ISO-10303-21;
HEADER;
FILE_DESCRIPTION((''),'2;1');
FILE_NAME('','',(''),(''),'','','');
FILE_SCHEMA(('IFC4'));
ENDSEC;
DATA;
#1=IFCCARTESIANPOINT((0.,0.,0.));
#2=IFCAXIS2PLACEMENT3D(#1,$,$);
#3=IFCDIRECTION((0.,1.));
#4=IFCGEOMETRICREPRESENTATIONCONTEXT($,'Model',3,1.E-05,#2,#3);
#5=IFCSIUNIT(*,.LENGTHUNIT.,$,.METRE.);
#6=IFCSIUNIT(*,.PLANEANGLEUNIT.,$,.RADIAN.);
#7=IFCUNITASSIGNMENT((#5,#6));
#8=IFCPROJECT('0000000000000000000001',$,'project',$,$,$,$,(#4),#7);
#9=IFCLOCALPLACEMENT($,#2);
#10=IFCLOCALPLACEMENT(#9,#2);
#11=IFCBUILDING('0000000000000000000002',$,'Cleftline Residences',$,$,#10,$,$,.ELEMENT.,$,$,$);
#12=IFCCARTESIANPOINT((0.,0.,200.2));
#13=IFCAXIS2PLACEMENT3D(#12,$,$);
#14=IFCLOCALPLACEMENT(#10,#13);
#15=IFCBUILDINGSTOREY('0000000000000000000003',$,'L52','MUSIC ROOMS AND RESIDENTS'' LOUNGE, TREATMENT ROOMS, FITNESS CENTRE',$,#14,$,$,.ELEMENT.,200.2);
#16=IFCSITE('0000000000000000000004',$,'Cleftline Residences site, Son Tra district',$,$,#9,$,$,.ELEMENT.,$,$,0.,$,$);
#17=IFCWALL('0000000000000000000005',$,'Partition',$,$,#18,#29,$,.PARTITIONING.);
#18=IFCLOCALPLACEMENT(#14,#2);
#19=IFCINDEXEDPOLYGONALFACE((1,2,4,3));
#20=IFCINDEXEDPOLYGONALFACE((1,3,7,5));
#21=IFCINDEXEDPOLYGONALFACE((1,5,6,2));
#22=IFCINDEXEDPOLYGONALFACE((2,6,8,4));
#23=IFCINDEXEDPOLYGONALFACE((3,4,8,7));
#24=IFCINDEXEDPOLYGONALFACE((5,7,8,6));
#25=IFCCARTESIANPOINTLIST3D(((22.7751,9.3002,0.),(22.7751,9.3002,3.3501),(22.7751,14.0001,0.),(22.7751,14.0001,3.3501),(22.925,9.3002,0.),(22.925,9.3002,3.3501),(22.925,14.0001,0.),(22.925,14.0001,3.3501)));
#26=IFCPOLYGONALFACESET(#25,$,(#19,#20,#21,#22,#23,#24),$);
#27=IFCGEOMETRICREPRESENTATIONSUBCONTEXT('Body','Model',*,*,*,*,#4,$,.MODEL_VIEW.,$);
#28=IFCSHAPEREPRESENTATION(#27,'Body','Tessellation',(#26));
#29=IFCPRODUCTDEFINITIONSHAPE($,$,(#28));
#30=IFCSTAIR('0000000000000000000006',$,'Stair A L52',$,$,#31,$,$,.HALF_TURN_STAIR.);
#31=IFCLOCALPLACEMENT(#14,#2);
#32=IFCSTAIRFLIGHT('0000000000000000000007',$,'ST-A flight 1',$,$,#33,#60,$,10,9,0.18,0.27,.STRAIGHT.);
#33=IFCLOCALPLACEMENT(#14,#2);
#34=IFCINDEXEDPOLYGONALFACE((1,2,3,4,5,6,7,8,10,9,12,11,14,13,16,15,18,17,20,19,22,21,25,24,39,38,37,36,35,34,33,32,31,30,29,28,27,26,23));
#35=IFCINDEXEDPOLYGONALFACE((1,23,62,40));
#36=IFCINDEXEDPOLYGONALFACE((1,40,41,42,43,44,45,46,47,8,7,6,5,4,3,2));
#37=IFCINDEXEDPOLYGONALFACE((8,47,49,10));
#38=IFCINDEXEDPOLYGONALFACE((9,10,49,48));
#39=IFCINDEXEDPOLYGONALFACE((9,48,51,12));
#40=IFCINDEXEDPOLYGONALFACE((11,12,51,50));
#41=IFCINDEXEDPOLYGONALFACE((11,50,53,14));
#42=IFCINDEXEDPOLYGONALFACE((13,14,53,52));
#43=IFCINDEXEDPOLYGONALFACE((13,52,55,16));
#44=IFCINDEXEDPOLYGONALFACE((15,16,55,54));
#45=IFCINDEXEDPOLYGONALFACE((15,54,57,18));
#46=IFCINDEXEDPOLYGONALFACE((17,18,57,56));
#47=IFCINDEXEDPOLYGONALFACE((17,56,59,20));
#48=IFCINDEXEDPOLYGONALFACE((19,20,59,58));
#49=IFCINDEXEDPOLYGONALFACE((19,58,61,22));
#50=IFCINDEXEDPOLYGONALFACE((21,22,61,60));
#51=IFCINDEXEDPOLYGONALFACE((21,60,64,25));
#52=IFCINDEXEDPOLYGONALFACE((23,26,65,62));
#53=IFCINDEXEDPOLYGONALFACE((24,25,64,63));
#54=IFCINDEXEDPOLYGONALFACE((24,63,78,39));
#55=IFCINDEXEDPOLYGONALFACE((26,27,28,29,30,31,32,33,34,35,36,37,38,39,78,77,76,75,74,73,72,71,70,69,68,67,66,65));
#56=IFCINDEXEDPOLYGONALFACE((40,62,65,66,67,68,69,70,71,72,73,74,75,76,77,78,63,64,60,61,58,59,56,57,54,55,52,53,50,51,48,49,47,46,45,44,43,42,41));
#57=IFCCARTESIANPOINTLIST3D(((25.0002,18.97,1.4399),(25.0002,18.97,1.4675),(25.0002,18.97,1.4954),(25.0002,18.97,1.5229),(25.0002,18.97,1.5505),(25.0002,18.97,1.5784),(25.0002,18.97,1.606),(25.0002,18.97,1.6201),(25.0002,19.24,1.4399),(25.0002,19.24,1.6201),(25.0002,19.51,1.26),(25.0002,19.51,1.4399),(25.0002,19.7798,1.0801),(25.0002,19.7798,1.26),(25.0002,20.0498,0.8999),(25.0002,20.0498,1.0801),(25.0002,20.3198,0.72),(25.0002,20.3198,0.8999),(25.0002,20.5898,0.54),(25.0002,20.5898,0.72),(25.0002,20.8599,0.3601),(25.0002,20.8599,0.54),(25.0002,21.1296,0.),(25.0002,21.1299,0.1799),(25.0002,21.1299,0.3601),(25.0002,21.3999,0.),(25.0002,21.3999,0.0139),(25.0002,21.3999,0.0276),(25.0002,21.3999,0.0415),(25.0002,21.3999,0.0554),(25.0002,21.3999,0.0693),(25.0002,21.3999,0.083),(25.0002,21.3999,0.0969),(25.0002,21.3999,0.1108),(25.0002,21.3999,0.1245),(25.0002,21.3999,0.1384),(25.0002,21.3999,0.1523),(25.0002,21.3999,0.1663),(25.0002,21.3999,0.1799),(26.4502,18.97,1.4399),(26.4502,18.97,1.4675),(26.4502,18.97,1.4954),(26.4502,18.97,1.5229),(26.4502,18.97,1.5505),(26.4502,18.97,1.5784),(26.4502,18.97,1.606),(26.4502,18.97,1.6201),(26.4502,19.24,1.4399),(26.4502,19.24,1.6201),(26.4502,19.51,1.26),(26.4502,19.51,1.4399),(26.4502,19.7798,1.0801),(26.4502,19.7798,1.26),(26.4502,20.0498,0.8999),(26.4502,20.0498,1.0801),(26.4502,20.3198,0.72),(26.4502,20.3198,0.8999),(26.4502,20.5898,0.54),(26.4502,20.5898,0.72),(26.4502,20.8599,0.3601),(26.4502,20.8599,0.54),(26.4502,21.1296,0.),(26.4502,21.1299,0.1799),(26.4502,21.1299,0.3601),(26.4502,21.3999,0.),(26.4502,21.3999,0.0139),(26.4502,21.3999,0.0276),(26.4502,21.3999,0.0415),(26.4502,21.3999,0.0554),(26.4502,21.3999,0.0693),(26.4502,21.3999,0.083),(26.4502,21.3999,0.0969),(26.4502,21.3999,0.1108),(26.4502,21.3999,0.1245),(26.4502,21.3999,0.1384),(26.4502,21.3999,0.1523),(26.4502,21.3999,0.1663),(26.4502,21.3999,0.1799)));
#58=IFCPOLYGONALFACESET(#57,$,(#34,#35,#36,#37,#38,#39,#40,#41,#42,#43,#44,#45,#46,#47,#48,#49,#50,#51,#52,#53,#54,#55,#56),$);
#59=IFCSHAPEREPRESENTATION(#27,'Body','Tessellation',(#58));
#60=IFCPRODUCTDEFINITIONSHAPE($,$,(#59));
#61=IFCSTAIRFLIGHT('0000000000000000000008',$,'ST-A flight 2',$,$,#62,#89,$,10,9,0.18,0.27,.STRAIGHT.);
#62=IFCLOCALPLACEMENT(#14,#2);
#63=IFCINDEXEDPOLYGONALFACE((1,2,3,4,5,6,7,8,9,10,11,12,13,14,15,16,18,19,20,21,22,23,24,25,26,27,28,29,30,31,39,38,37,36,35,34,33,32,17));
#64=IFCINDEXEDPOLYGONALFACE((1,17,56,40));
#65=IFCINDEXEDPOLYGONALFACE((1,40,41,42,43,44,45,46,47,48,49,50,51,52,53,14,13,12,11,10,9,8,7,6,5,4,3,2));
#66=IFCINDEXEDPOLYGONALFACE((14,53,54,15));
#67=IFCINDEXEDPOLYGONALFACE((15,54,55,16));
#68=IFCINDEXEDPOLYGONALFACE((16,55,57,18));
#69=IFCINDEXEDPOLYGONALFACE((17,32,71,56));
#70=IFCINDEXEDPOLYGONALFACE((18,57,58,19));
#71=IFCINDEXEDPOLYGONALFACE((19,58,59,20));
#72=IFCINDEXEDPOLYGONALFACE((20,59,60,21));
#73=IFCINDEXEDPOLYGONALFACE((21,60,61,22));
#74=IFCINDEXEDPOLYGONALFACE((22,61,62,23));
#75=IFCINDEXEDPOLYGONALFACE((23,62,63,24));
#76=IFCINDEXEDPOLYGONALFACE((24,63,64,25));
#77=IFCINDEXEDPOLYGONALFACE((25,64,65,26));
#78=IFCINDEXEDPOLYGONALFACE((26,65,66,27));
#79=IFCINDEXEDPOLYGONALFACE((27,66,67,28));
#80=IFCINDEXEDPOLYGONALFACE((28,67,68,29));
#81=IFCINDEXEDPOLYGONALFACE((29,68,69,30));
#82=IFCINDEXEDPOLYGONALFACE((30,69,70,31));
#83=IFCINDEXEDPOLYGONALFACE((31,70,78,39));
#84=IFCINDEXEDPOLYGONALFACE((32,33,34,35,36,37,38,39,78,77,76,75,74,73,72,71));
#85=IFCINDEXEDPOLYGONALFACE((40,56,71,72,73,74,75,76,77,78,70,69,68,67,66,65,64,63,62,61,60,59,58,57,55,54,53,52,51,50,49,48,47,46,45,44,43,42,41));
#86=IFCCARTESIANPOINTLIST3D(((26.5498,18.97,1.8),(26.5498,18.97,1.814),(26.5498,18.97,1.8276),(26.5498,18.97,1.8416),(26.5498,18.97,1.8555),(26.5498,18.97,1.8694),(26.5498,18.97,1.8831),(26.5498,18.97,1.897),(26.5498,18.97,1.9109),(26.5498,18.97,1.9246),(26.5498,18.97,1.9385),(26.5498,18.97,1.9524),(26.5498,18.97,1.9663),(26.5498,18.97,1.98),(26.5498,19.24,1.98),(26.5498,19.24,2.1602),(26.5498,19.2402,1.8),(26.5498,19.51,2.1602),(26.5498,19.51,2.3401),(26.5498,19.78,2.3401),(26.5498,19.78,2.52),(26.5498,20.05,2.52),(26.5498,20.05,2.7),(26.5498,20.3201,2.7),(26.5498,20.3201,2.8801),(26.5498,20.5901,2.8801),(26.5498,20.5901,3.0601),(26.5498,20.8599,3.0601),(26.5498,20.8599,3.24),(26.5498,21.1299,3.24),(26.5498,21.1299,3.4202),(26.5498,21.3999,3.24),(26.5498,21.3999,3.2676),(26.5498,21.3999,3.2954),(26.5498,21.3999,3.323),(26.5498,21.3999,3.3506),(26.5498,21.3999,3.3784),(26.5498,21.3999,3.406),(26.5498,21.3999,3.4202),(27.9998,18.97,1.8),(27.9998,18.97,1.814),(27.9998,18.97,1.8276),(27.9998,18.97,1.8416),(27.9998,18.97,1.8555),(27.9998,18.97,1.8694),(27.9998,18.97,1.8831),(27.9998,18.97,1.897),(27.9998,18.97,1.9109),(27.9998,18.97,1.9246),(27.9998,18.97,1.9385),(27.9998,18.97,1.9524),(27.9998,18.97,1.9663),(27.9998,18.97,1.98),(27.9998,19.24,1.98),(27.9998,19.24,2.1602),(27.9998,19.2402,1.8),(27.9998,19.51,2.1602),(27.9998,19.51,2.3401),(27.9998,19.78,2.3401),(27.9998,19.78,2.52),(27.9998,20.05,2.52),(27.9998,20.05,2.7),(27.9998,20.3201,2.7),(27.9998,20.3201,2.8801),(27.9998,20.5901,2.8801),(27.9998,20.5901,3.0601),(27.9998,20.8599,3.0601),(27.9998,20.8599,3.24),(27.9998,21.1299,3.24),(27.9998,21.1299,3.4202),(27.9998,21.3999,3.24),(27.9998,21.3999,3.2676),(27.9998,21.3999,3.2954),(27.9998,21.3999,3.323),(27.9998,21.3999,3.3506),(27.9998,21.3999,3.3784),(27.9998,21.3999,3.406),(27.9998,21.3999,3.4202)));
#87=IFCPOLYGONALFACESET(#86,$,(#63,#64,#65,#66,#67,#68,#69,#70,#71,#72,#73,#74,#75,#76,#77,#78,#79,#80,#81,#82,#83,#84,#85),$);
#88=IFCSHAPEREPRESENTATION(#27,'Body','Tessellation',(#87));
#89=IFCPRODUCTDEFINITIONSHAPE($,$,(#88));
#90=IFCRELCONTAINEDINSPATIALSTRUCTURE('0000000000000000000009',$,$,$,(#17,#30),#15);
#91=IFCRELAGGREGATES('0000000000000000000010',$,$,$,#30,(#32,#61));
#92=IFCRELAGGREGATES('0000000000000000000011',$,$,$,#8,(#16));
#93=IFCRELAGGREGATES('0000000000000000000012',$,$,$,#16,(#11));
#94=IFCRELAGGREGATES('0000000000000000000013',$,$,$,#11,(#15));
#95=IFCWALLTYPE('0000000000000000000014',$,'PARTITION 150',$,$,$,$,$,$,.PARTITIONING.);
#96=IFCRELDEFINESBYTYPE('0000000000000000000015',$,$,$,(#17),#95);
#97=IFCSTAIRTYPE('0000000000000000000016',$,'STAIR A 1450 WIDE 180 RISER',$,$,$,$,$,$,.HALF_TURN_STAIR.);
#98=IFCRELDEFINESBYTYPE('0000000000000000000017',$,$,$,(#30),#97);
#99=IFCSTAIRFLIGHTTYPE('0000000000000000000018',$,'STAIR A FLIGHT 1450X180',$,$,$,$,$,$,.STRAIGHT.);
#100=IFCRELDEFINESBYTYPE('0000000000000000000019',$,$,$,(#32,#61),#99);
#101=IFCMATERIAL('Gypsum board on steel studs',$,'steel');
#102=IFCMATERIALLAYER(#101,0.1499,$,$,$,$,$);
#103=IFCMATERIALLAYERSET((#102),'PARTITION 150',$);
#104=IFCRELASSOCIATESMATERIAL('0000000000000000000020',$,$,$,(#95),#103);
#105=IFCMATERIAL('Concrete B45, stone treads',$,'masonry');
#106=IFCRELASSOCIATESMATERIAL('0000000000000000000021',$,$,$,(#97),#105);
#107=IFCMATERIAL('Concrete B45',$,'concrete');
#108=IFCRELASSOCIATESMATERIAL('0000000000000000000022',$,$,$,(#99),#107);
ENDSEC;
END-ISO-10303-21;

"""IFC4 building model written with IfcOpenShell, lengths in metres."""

from ifc_helpers import new_model, si_unit, direction, frame, frame_2d, origin, place, context, subcontext, project, spatial, polyline, rectangle, outline, extrude, material, layer, layer_set, type_object, element, aggregate, save


model = new_model("IFC4")

# Units and contexts
model_context = context("Model", 3, precision=1e-05, world=origin(), true_north=direction((0.0, 1.0)))
body_context = subcontext(model_context, "Body", "Model", "MODEL_VIEW")
ifc_project = project(units=[si_unit("LENGTHUNIT", "METRE"), si_unit("PLANEANGLEUNIT", "RADIAN")], contexts=[model_context])

# Site, building, storey
site_placement = place(None, origin())
site = spatial("IfcSite", under=ifc_project, at=site_placement, Name="Cleftline Residences site, Son Tra district", CompositionType="ELEMENT", RefElevation=0.0)
building_placement = place(site_placement, origin())
building = spatial("IfcBuilding", under=site, at=building_placement, Name="Cleftline Residences", CompositionType="ELEMENT")
storey_placement = place(building_placement, frame((0.0, 0.0, 200.2)))
storey = spatial("IfcBuildingStorey", under=building, at=storey_placement, Name="L52", Description="MUSIC ROOMS AND RESIDENTS' LOUNGE, TREATMENT ROOMS, FITNESS CENTRE", CompositionType="ELEMENT", Elevation=200.2)

# Wall
ifc_material_1 = material(Name="Gypsum board on steel studs", Category="steel")
ifc_layer_1 = layer(ifc_material_1, 0.1499)
ifc_layer_set_1 = layer_set([ifc_layer_1], Name="PARTITION 150")
wall_type_1 = type_object("IfcWallType", Name="PARTITION 150", PredefinedType="PARTITIONING", material=ifc_layer_set_1)
wall_1_placement = place(storey_placement, frame((22.8501, 9.3, 0.0), z_axis=(0.0, 0.0, 1.0), x_axis=(0.0, 1.0, 0.0)))
element("IfcWall", 1, at=wall_1_placement, inside=storey, type_object=wall_type_1, Name="Partition", PredefinedType="PARTITIONING", context=body_context, shape_type="SweptSolid", body=[
    extrude(rectangle(XDim=4.7, YDim=0.1499, at=frame_2d((2.3501, 0.0))), origin(), (0.0, 0.0, 1.0), 3.3501),
])

# Stair, stair flights
ifc_material_2 = material(Name="Concrete B45, stone treads", Category="masonry")
stair_type = type_object("IfcStairType", Name="STAIR A 1450 WIDE 180 RISER", PredefinedType="HALF_TURN_STAIR", material=ifc_material_2)
stair_placement = place(storey_placement, origin())
stair = element("IfcStair", 2, at=stair_placement, inside=storey, type_object=stair_type, Name="Stair A L52", PredefinedType="HALF_TURN_STAIR")
ifc_material_3 = material(Name="Concrete B45", Category="concrete")
stair_flight_type = type_object("IfcStairFlightType", Name="STAIR A FLIGHT 1450X180", PredefinedType="STRAIGHT", material=ifc_material_3)
stair_flight_1_placement = place(storey_placement, frame((25.7251, 21.3999, 0.0), z_axis=(0.0, 0.0, 1.0), x_axis=(0.0, -1.0, 0.0)))
stair_flight_1 = element("IfcStairFlight", 3, at=stair_flight_1_placement, type_object=stair_flight_type, Name="ST-A flight 1", NumberOfRisers=10, NumberOfTreads=9, PredefinedType="STRAIGHT", RiserHeight=0.18, TreadLength=0.27, context=body_context, shape_type="SweptSolid", body=[
    extrude(outline(polyline([(0.0, 0.0), (0.0, 0.0139), (0.0, 0.0276), (0.0, 0.0415), (0.0, 0.0554), (0.0, 0.0693), (0.0, 0.083), (0.0, 0.0969), (0.0, 0.1108), (0.0, 0.1245), (0.0, 0.1384), (0.0, 0.1523), (0.0, 0.1663), (0.0, 0.1799), (0.27, 0.1799), (0.27, 0.3601), (0.54, 0.3601), (0.54, 0.54), (0.8101, 0.54), (0.8101, 0.72), (1.0801, 0.72), (1.0801, 0.8999), (1.3501, 0.8999), (1.3501, 1.0801), (1.6201, 1.0801), (1.6201, 1.26), (1.8899, 1.26), (1.8899, 1.4399), (2.1599, 1.4399), (2.1599, 1.6201), (2.4299, 1.6201), (2.4299, 1.8), (2.4299, 1.7722), (2.4299, 1.7446), (2.4299, 1.7168), (2.4299, 1.6892), (2.4299, 1.6614), (2.4299, 1.6338), (2.4299, 1.606), (2.4299, 1.5784), (2.4299, 1.5505), (2.4299, 1.5229), (2.4299, 1.4954), (2.4299, 1.4675), (2.4299, 1.4399), (0.2703, 0.0), (0.0, 0.0)])), frame((0.0, 0.7251, 0.0), z_axis=(0.0, -1.0, 0.0), x_axis=(1.0, 0.0, 0.0)), (0.0, 0.0, 1.0), 1.45),
])
stair_flight_2_placement = place(storey_placement, frame((27.2749, 18.97, 1.8), z_axis=(0.0, 0.0, 1.0), x_axis=(0.0, 1.0, 0.0)))
stair_flight_2 = element("IfcStairFlight", 4, at=stair_flight_2_placement, type_object=stair_flight_type, Name="ST-A flight 2", NumberOfRisers=10, NumberOfTreads=9, PredefinedType="STRAIGHT", RiserHeight=0.18, TreadLength=0.27, context=body_context, shape_type="SweptSolid", body=[
    extrude(outline(polyline([(0.0, 0.0), (0.0, 0.0139), (0.0, 0.0276), (0.0, 0.0415), (0.0, 0.0554), (0.0, 0.0693), (0.0, 0.083), (0.0, 0.0969), (0.0, 0.1108), (0.0, 0.1245), (0.0, 0.1384), (0.0, 0.1523), (0.0, 0.1663), (0.0, 0.1799), (0.27, 0.1799), (0.27, 0.3601), (0.54, 0.3601), (0.54, 0.54), (0.8101, 0.54), (0.8101, 0.72), (1.0801, 0.72), (1.0801, 0.8999), (1.3501, 0.8999), (1.3501, 1.0801), (1.6201, 1.0801), (1.6201, 1.26), (1.8899, 1.26), (1.8899, 1.4399), (2.1599, 1.4399), (2.1599, 1.6201), (2.4299, 1.6201), (2.4299, 1.8), (2.4299, 1.7722), (2.4299, 1.7446), (2.4299, 1.7168), (2.4299, 1.6892), (2.4299, 1.6614), (2.4299, 1.6338), (2.4299, 1.606), (2.4299, 1.5784), (2.4299, 1.5505), (2.4299, 1.5229), (2.4299, 1.4954), (2.4299, 1.4675), (2.4299, 1.4399), (0.2703, 0.0), (0.0, 0.0)])), frame((0.0, 0.7251, 0.0), z_axis=(0.0, -1.0, 0.0), x_axis=(1.0, 0.0, 0.0)), (0.0, 0.0, 1.0), 1.45),
])
aggregate(stair, [stair_flight_1, stair_flight_2])

save(model, "model.ifc")
